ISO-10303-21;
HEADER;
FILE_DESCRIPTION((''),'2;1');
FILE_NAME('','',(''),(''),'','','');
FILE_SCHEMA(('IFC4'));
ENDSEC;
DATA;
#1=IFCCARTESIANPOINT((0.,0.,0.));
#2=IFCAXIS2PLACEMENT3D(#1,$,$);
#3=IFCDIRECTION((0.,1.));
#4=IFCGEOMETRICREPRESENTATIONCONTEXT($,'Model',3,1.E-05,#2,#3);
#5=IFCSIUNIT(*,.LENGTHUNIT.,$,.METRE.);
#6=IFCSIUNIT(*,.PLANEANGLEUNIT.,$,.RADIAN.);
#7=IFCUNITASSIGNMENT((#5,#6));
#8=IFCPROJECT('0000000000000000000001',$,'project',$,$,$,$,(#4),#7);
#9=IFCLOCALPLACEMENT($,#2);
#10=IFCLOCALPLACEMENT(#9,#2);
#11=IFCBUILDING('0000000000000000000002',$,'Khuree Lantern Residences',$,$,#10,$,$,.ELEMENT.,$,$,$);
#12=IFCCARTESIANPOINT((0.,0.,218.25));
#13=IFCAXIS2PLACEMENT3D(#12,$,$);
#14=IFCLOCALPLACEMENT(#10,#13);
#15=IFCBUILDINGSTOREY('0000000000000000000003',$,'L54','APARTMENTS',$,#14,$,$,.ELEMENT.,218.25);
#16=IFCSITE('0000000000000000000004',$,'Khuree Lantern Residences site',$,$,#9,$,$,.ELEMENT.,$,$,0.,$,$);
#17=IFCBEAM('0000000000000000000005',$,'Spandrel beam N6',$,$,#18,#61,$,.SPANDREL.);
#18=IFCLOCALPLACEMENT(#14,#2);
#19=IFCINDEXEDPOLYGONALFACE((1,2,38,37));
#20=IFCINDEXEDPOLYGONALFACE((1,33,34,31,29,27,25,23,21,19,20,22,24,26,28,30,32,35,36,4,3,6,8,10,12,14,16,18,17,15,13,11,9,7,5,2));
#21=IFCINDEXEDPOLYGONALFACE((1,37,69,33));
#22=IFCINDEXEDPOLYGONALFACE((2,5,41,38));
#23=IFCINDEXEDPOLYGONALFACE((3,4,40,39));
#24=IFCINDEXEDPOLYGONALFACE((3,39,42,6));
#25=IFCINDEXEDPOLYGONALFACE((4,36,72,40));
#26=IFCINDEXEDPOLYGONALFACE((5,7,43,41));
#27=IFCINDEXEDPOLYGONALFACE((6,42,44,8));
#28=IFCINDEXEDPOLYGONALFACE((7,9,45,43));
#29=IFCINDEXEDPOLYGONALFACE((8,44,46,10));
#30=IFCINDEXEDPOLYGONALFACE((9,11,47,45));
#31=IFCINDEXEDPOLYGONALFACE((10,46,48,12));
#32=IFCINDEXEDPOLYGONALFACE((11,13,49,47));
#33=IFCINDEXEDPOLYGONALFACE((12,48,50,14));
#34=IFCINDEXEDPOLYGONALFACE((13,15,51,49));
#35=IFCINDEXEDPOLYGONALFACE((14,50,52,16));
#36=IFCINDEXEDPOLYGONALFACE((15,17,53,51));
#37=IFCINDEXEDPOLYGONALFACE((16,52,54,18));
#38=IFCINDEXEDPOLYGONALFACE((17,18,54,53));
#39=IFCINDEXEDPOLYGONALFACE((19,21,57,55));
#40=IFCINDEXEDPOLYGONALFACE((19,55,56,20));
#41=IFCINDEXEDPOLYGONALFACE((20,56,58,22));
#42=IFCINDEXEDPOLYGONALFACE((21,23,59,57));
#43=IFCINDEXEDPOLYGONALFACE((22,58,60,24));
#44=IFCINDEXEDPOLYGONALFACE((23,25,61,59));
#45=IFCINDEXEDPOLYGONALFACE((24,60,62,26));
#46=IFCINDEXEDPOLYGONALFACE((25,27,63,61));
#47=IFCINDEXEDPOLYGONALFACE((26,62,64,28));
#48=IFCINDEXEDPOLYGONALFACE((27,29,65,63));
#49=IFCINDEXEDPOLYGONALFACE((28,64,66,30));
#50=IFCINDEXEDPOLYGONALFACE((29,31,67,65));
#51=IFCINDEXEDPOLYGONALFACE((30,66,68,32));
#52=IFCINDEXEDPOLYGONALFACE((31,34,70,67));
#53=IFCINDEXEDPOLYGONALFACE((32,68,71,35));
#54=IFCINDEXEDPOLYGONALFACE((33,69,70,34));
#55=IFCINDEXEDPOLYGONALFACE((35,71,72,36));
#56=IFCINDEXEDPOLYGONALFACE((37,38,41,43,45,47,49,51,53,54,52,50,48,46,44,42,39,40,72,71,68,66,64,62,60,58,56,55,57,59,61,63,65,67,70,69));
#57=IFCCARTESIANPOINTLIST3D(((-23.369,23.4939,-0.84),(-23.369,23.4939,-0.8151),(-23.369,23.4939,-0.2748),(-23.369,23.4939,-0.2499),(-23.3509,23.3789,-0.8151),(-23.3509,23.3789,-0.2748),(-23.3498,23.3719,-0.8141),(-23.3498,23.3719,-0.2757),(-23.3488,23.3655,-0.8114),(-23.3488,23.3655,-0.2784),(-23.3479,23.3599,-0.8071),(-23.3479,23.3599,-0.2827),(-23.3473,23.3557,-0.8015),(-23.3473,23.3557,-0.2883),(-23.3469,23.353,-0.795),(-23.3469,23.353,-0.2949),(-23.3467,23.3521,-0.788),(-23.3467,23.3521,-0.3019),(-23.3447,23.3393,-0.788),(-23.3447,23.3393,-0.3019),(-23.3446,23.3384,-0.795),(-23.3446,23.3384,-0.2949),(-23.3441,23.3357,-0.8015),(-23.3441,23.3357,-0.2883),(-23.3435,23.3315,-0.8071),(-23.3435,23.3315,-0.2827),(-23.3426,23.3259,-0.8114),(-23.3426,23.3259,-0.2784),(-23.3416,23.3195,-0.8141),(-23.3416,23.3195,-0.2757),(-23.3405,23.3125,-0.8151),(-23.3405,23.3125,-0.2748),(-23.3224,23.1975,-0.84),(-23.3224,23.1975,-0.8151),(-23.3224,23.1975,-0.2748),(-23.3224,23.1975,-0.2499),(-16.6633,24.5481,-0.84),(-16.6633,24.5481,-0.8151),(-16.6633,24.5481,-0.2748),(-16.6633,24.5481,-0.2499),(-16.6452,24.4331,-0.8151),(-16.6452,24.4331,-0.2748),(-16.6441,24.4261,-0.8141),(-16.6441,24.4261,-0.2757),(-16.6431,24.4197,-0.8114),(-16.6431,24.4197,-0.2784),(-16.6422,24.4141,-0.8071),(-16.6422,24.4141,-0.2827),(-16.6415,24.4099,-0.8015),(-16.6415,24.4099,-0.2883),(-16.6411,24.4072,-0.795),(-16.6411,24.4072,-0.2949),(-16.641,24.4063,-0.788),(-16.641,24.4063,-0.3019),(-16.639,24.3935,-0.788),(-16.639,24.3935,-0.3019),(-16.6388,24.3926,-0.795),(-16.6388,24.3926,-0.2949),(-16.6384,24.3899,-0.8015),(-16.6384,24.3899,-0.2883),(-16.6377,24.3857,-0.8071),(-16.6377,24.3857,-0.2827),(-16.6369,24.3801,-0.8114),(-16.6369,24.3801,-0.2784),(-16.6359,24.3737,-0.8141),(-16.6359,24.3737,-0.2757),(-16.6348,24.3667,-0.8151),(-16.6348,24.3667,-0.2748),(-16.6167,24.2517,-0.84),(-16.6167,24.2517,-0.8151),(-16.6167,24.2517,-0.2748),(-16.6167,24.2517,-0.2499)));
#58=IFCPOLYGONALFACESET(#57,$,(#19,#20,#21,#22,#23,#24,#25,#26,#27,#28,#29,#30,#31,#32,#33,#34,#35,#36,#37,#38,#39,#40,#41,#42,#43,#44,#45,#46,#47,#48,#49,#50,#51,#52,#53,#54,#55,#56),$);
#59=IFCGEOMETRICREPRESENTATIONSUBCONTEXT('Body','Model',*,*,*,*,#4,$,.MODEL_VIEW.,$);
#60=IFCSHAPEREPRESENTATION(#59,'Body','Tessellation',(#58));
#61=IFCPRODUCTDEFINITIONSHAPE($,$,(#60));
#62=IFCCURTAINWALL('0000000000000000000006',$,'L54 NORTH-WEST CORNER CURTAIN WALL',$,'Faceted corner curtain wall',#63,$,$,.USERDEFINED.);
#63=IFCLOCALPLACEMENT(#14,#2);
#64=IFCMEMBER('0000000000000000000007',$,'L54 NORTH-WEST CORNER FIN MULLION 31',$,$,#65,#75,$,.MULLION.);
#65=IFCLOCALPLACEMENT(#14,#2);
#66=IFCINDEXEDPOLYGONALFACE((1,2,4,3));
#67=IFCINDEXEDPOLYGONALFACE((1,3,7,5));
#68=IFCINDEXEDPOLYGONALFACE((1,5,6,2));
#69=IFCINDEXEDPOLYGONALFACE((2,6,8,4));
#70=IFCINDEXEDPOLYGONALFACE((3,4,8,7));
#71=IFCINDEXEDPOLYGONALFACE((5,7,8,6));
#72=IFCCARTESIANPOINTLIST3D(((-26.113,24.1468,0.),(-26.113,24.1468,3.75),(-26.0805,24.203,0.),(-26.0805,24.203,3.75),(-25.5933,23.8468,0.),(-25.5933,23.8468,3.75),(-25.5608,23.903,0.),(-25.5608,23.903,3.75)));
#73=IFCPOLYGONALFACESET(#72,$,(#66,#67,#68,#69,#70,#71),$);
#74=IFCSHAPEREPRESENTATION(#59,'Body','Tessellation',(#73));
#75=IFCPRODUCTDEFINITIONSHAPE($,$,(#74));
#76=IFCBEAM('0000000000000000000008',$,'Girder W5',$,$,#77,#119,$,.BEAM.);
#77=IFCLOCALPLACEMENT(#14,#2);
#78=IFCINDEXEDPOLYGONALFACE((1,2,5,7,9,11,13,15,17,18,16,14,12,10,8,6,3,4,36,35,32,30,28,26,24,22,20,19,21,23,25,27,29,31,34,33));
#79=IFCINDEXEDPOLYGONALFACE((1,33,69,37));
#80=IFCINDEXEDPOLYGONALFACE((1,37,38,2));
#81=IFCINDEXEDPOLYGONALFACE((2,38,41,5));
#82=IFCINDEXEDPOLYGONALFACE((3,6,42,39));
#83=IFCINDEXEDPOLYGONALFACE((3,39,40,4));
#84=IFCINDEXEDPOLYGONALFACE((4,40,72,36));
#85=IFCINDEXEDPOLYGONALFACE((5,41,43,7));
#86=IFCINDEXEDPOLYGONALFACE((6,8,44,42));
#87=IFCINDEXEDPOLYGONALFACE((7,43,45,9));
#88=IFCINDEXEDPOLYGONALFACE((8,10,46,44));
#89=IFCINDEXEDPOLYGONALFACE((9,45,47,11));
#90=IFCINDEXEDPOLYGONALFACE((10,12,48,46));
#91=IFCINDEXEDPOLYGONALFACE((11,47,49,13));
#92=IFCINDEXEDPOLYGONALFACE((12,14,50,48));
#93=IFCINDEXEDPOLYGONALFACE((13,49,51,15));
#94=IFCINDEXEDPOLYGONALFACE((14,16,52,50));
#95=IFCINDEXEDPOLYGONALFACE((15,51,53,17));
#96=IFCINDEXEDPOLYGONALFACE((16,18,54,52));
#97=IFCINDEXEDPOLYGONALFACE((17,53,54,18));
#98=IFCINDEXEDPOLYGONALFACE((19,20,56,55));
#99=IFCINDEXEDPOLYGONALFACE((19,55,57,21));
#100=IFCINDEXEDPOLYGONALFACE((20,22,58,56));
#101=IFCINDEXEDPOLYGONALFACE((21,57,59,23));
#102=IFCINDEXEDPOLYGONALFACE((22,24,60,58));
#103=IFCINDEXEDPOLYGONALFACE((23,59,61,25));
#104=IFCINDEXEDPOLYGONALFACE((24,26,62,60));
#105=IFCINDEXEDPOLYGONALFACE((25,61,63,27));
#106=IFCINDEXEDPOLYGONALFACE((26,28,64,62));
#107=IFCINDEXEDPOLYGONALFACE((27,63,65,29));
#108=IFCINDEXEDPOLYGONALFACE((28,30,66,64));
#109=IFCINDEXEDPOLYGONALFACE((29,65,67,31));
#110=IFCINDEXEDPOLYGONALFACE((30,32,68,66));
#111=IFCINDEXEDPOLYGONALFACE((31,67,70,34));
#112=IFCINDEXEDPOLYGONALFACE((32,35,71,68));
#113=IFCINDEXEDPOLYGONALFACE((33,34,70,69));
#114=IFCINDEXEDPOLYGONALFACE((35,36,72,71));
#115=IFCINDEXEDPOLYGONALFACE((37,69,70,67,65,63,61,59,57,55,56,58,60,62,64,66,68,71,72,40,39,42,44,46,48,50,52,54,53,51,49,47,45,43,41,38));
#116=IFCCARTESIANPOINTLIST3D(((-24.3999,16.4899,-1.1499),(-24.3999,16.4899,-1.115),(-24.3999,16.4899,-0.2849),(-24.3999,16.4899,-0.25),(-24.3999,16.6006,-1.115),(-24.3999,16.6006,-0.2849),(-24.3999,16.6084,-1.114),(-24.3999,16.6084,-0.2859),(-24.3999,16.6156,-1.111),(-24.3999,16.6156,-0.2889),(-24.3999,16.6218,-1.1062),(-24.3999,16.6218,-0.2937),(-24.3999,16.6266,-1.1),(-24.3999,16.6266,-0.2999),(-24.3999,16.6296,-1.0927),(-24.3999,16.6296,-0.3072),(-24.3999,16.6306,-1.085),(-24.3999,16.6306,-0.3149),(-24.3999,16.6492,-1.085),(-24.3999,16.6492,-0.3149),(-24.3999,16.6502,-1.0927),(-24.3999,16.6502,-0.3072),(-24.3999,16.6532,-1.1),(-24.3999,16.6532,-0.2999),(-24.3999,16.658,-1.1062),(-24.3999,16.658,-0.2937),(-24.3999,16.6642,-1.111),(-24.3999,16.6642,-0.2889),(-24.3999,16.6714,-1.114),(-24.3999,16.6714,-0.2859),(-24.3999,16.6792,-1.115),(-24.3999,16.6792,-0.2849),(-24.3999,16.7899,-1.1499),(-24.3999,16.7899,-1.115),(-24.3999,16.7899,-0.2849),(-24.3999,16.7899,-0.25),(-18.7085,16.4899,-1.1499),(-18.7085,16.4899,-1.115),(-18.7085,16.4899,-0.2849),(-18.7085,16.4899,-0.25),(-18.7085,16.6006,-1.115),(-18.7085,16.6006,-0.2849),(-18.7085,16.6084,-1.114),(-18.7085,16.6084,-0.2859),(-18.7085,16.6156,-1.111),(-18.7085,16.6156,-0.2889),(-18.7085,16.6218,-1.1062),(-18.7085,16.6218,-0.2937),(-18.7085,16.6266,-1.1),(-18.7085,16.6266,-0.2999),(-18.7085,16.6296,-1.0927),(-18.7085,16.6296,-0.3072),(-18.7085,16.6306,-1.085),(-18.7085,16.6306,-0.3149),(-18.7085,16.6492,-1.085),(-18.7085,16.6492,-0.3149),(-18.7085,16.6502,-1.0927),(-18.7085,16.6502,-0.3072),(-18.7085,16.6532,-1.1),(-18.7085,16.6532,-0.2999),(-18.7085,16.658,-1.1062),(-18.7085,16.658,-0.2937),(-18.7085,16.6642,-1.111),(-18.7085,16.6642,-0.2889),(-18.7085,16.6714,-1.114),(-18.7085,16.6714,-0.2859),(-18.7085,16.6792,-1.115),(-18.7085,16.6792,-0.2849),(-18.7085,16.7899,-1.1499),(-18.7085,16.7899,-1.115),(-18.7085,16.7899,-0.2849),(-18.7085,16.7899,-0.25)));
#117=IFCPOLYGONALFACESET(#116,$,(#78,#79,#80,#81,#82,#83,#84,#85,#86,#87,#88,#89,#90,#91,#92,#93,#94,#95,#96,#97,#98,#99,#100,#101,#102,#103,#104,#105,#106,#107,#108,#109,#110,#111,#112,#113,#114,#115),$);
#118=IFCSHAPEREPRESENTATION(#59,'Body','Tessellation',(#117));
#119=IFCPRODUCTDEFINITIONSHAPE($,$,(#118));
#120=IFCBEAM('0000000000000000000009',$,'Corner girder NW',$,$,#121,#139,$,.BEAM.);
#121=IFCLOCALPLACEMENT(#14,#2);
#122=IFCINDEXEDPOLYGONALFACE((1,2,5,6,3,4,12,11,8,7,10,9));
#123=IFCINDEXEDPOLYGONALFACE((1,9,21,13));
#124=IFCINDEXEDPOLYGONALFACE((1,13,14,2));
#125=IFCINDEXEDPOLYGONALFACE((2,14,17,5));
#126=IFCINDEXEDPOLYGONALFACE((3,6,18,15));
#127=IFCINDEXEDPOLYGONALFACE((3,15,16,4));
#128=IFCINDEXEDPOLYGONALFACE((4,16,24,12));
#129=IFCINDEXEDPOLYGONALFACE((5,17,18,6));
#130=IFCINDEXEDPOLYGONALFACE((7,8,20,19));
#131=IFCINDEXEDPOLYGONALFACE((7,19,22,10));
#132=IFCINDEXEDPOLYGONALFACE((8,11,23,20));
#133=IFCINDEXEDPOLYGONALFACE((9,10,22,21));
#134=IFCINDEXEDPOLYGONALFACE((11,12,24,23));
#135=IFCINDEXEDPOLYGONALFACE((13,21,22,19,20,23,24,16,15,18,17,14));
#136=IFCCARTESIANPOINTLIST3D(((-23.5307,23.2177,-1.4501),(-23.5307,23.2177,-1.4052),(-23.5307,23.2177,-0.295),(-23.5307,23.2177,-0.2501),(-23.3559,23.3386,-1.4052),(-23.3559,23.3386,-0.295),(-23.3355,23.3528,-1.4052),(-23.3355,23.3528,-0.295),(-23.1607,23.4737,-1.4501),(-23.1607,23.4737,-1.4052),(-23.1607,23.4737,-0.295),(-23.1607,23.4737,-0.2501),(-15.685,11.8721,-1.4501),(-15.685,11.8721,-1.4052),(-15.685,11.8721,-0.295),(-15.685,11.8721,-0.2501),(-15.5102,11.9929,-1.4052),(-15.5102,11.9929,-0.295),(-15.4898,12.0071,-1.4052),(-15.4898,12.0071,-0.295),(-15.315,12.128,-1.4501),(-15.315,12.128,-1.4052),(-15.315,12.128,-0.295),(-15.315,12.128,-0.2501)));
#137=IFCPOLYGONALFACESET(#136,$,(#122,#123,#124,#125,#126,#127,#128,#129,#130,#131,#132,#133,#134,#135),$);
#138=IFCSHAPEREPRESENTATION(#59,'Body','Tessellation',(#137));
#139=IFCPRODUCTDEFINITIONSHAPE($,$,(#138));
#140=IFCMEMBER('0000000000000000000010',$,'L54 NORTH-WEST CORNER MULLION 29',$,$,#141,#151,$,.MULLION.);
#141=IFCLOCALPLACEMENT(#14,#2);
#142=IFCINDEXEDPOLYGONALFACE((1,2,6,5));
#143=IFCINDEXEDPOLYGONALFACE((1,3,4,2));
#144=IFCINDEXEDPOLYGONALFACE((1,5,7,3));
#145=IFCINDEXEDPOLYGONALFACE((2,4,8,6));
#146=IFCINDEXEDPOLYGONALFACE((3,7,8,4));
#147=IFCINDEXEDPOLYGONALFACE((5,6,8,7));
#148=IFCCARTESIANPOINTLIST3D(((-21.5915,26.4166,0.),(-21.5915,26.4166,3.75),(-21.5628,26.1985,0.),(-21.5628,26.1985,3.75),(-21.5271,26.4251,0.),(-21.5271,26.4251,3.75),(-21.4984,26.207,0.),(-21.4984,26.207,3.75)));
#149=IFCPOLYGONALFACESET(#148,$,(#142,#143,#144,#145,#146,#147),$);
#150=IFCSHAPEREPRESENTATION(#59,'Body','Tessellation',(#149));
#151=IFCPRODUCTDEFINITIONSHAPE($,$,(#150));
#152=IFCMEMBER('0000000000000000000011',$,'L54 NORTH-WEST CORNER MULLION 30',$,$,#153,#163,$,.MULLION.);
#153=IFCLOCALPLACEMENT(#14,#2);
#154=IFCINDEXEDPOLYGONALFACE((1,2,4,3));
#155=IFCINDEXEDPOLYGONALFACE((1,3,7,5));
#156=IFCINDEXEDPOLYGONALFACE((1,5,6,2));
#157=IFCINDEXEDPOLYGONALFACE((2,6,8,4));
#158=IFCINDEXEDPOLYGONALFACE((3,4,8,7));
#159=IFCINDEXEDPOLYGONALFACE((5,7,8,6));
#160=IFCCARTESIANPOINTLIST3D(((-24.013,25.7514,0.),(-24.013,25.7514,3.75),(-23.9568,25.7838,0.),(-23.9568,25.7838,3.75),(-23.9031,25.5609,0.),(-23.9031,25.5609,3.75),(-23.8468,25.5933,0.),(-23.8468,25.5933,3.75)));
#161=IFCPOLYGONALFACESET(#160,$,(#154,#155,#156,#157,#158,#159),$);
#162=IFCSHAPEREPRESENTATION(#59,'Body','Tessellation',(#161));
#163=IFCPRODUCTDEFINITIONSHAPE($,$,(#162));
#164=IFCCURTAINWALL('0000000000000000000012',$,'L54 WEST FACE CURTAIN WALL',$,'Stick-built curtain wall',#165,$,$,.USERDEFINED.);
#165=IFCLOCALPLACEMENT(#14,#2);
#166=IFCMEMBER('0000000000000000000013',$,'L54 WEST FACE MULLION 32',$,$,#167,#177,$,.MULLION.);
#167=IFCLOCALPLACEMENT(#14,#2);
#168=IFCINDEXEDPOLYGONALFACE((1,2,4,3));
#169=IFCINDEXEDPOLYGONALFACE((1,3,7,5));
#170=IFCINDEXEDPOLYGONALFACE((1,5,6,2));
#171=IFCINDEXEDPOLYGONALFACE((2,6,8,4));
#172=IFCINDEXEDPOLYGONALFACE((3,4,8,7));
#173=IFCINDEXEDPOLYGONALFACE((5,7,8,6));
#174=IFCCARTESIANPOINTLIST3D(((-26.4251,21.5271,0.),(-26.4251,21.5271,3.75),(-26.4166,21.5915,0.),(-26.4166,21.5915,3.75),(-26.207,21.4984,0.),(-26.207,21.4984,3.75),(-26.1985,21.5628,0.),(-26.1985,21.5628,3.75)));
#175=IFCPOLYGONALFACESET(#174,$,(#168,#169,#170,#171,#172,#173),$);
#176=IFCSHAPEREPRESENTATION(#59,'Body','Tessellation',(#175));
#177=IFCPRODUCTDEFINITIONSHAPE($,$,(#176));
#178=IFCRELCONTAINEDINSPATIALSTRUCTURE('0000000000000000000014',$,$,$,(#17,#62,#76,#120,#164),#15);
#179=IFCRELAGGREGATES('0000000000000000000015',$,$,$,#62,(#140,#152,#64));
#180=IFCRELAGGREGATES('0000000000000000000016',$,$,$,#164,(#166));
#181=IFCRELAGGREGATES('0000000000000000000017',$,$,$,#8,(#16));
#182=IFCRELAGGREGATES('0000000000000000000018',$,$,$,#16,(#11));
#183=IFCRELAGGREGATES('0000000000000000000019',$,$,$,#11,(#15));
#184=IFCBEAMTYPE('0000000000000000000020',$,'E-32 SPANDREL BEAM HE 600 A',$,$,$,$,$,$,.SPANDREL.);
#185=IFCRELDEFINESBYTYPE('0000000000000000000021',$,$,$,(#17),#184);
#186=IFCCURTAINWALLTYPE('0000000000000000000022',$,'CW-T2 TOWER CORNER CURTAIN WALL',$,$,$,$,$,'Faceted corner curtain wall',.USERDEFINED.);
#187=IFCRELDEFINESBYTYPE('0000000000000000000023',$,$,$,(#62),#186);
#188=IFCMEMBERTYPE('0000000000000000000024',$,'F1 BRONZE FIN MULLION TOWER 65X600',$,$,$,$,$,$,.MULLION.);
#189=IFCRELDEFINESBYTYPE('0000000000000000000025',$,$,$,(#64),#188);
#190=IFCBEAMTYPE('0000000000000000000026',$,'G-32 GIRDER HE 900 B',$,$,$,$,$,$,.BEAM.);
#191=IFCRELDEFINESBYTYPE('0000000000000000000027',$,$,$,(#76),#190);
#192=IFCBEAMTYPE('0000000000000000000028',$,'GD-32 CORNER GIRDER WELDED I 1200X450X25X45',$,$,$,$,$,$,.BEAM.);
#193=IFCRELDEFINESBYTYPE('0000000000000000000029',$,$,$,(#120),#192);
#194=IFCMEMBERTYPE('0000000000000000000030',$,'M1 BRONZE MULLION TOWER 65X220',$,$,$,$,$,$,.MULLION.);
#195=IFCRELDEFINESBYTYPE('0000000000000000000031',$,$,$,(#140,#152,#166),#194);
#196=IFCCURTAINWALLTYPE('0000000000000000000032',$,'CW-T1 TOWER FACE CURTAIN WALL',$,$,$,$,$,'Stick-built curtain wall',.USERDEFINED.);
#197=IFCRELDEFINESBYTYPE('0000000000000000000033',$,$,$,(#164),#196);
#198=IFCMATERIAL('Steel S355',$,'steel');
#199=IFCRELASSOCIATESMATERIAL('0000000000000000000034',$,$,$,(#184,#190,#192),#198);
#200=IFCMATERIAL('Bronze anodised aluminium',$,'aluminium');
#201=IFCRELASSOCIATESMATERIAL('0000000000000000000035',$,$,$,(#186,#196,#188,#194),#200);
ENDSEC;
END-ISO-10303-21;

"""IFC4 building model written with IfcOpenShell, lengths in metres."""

from ifc_helpers import new_model, si_unit, direction, frame, origin, origin_2d, place, context, subcontext, project, spatial, rectangle, i_section, extrude, material, material_profile, profile_set, type_object, element, aggregate, save


model = new_model("IFC4")

# Units and contexts
model_context = context("Model", 3, precision=1e-05, world=origin(), true_north=direction((0.0, 1.0)))
body_context = subcontext(model_context, "Body", "Model", "MODEL_VIEW")
ifc_project = project(units=[si_unit("LENGTHUNIT", "METRE"), si_unit("PLANEANGLEUNIT", "RADIAN")], contexts=[model_context])

# Site, building, storey
site_placement = place(None, origin())
site = spatial("IfcSite", under=ifc_project, at=site_placement, Name="Khuree Lantern Residences site", CompositionType="ELEMENT", RefElevation=0.0)
building_placement = place(site_placement, origin())
building = spatial("IfcBuilding", under=site, at=building_placement, Name="Khuree Lantern Residences", CompositionType="ELEMENT")
storey_placement = place(building_placement, frame((0.0, 0.0, 218.25)))
storey = spatial("IfcBuildingStorey", under=building, at=storey_placement, Name="L54", Description="APARTMENTS", CompositionType="ELEMENT", Elevation=218.25)

# Beam
ifc_material_1 = material(Name="Steel S355", Category="steel")
ifc_material_profile_1 = material_profile(ifc_material_1, i_section(OverallWidth=0.3, OverallDepth=0.5901, WebThickness=0.0129, FlangeThickness=0.0249, FilletRadius=0.0271, at=origin_2d()), Name="HE 600 A")
ifc_profile_set_1 = profile_set([ifc_material_profile_1], Name="Steel S355")
beam_type_1 = type_object("IfcBeamType", Name="E-32 SPANDREL BEAM HE 600 A", PredefinedType="SPANDREL", material=ifc_profile_set_1)
for number, where, z_axis, x_axis, name in (
    (1, (-23.3457, 23.3457, -0.5449), (0.987867, 0.1553, 0.0), (-0.1553, 0.987867, 0.0), "Spandrel beam N6"),
):
    element("IfcBeam", number, at=place(storey_placement, frame(where, z_axis=z_axis, x_axis=x_axis)), inside=storey, type_object=beam_type_1, Name=name, PredefinedType="SPANDREL", context=body_context, shape_type="SweptSolid", body=[
        extrude(i_section(OverallWidth=0.3, OverallDepth=0.5901, WebThickness=0.0129, FlangeThickness=0.0249, FilletRadius=0.0271, at=origin_2d()), origin(), (0.0, 0.0, 1.0), 6.7881),
    ])

# Curtain wall, member
ifc_material_2 = material(Name="Bronze anodised aluminium", Category="aluminium")
curtain_wall_type_1 = type_object("IfcCurtainWallType", Name="CW-T2 TOWER CORNER CURTAIN WALL", ElementType="Faceted corner curtain wall", PredefinedType="USERDEFINED", material=ifc_material_2)
curtain_wall_1_placement = place(storey_placement, origin())
curtain_wall_1 = element("IfcCurtainWall", 2, at=curtain_wall_1_placement, inside=storey, type_object=curtain_wall_type_1, Name="L54 NORTH-WEST CORNER CURTAIN WALL", ObjectType="Faceted corner curtain wall", PredefinedType="USERDEFINED")
ifc_material_profile_2 = material_profile(ifc_material_2, rectangle(XDim=0.0649, YDim=0.6001, at=origin_2d()), Name="F1 65X600")
ifc_profile_set_2 = profile_set([ifc_material_profile_2], Name="Bronze anodised aluminium")
member_type_1 = type_object("IfcMemberType", Name="F1 BRONZE FIN MULLION TOWER 65X600", PredefinedType="MULLION", material=ifc_profile_set_2)
member_1_placement = place(storey_placement, frame((-25.8369, 24.0249, 0.0), z_axis=(0.0, 0.0, 1.0), x_axis=(-0.5, -0.866025, 0.0)))
member_1 = element("IfcMember", 3, at=member_1_placement, type_object=member_type_1, Name="L54 NORTH-WEST CORNER FIN MULLION 31", PredefinedType="MULLION", context=body_context, shape_type="SweptSolid", body=[
    extrude(rectangle(XDim=0.0649, YDim=0.6001, at=origin_2d()), origin(), (0.0, 0.0, 1.0), 3.75),
])

# Beams
ifc_material_profile_3 = material_profile(ifc_material_1, i_section(OverallWidth=0.3, OverallDepth=0.8999, WebThickness=0.0186, FlangeThickness=0.0349, FilletRadius=0.03, at=origin_2d()), Name="HE 900 B")
ifc_profile_set_3 = profile_set([ifc_material_profile_3], Name="Steel S355")
beam_type_2 = type_object("IfcBeamType", Name="G-32 GIRDER HE 900 B", PredefinedType="BEAM", material=ifc_profile_set_3)
beam_1_placement = place(storey_placement, frame((-24.3999, 16.6399, -0.7), z_axis=(1.0, 0.0, 0.0), x_axis=(0.0, 1.0, 0.0)))
element("IfcBeam", 4, at=beam_1_placement, inside=storey, type_object=beam_type_2, Name="Girder W5", PredefinedType="BEAM", context=body_context, shape_type="SweptSolid", body=[
    extrude(i_section(OverallWidth=0.3, OverallDepth=0.8999, WebThickness=0.0186, FlangeThickness=0.0349, FilletRadius=0.03, at=origin_2d()), origin(), (0.0, 0.0, 1.0), 5.6914),
])
ifc_material_profile_4 = material_profile(ifc_material_1, i_section(OverallWidth=0.45, OverallDepth=1.2, WebThickness=0.0249, FlangeThickness=0.0449, at=origin_2d()), Name="WELDED I 1200X450X25X45")
ifc_profile_set_4 = profile_set([ifc_material_profile_4], Name="Steel S355")
beam_type_3 = type_object("IfcBeamType", Name="GD-32 CORNER GIRDER WELDED I 1200X450X25X45", PredefinedType="BEAM", material=ifc_profile_set_4)
beam_2_placement = place(storey_placement, frame((-23.3457, 23.3457, -0.8501), z_axis=(0.568768, -0.822498, 0.0), x_axis=(0.822498, 0.568768, 0.0)))
element("IfcBeam", 5, at=beam_2_placement, inside=storey, type_object=beam_type_3, Name="Corner girder NW", PredefinedType="BEAM", context=body_context, shape_type="SweptSolid", body=[
    extrude(i_section(OverallWidth=0.45, OverallDepth=1.2, WebThickness=0.0249, FlangeThickness=0.0449, at=origin_2d()), origin(), (0.0, 0.0, 1.0), 13.7942),
])

# Members
ifc_material_profile_5 = material_profile(ifc_material_2, rectangle(XDim=0.0649, YDim=0.22, at=origin_2d()), Name="M1 65X220")
ifc_profile_set_5 = profile_set([ifc_material_profile_5], Name="Bronze anodised aluminium")
member_type_2 = type_object("IfcMemberType", Name="M1 BRONZE MULLION TOWER 65X220", PredefinedType="MULLION", material=ifc_profile_set_5)
member_2_placement = place(storey_placement, frame((-21.5449, 26.3118, 0.0), z_axis=(0.0, 0.0, 1.0), x_axis=(-0.991445, -0.130526, 0.0)))
member_2 = element("IfcMember", 6, at=member_2_placement, type_object=member_type_2, Name="L54 NORTH-WEST CORNER MULLION 29", PredefinedType="MULLION", context=body_context, shape_type="SweptSolid", body=[
    extrude(rectangle(XDim=0.0649, YDim=0.22, at=origin_2d()), origin(), (0.0, 0.0, 1.0), 3.75),
])
member_3_placement = place(storey_placement, frame((-23.9299, 25.6724, 0.0), z_axis=(0.0, 0.0, 1.0), x_axis=(-0.866025, -0.5, 0.0)))
member_3 = element("IfcMember", 7, at=member_3_placement, type_object=member_type_2, Name="L54 NORTH-WEST CORNER MULLION 30", PredefinedType="MULLION", context=body_context, shape_type="SweptSolid", body=[
    extrude(rectangle(XDim=0.0649, YDim=0.22, at=origin_2d()), origin(), (0.0, 0.0, 1.0), 3.75),
])

# Curtain wall, member
curtain_wall_type_2 = type_object("IfcCurtainWallType", Name="CW-T1 TOWER FACE CURTAIN WALL", ElementType="Stick-built curtain wall", PredefinedType="USERDEFINED", material=ifc_material_2)
curtain_wall_2_placement = place(storey_placement, origin())
curtain_wall_2 = element("IfcCurtainWall", 8, at=curtain_wall_2_placement, inside=storey, type_object=curtain_wall_type_2, Name="L54 WEST FACE CURTAIN WALL", ObjectType="Stick-built curtain wall", PredefinedType="USERDEFINED")
member_4_placement = place(storey_placement, frame((-26.3118, 21.5449, 0.0), z_axis=(0.0, 0.0, 1.0), x_axis=(-0.130526, -0.991445, 0.0)))
member_4 = element("IfcMember", 9, at=member_4_placement, type_object=member_type_2, Name="L54 WEST FACE MULLION 32", PredefinedType="MULLION", context=body_context, shape_type="SweptSolid", body=[
    extrude(rectangle(XDim=0.0649, YDim=0.22, at=origin_2d()), origin(), (0.0, 0.0, 1.0), 3.75),
])

aggregate(curtain_wall_1, [member_2, member_3, member_1])
aggregate(curtain_wall_2, [member_4])

save(model, "model.ifc")
